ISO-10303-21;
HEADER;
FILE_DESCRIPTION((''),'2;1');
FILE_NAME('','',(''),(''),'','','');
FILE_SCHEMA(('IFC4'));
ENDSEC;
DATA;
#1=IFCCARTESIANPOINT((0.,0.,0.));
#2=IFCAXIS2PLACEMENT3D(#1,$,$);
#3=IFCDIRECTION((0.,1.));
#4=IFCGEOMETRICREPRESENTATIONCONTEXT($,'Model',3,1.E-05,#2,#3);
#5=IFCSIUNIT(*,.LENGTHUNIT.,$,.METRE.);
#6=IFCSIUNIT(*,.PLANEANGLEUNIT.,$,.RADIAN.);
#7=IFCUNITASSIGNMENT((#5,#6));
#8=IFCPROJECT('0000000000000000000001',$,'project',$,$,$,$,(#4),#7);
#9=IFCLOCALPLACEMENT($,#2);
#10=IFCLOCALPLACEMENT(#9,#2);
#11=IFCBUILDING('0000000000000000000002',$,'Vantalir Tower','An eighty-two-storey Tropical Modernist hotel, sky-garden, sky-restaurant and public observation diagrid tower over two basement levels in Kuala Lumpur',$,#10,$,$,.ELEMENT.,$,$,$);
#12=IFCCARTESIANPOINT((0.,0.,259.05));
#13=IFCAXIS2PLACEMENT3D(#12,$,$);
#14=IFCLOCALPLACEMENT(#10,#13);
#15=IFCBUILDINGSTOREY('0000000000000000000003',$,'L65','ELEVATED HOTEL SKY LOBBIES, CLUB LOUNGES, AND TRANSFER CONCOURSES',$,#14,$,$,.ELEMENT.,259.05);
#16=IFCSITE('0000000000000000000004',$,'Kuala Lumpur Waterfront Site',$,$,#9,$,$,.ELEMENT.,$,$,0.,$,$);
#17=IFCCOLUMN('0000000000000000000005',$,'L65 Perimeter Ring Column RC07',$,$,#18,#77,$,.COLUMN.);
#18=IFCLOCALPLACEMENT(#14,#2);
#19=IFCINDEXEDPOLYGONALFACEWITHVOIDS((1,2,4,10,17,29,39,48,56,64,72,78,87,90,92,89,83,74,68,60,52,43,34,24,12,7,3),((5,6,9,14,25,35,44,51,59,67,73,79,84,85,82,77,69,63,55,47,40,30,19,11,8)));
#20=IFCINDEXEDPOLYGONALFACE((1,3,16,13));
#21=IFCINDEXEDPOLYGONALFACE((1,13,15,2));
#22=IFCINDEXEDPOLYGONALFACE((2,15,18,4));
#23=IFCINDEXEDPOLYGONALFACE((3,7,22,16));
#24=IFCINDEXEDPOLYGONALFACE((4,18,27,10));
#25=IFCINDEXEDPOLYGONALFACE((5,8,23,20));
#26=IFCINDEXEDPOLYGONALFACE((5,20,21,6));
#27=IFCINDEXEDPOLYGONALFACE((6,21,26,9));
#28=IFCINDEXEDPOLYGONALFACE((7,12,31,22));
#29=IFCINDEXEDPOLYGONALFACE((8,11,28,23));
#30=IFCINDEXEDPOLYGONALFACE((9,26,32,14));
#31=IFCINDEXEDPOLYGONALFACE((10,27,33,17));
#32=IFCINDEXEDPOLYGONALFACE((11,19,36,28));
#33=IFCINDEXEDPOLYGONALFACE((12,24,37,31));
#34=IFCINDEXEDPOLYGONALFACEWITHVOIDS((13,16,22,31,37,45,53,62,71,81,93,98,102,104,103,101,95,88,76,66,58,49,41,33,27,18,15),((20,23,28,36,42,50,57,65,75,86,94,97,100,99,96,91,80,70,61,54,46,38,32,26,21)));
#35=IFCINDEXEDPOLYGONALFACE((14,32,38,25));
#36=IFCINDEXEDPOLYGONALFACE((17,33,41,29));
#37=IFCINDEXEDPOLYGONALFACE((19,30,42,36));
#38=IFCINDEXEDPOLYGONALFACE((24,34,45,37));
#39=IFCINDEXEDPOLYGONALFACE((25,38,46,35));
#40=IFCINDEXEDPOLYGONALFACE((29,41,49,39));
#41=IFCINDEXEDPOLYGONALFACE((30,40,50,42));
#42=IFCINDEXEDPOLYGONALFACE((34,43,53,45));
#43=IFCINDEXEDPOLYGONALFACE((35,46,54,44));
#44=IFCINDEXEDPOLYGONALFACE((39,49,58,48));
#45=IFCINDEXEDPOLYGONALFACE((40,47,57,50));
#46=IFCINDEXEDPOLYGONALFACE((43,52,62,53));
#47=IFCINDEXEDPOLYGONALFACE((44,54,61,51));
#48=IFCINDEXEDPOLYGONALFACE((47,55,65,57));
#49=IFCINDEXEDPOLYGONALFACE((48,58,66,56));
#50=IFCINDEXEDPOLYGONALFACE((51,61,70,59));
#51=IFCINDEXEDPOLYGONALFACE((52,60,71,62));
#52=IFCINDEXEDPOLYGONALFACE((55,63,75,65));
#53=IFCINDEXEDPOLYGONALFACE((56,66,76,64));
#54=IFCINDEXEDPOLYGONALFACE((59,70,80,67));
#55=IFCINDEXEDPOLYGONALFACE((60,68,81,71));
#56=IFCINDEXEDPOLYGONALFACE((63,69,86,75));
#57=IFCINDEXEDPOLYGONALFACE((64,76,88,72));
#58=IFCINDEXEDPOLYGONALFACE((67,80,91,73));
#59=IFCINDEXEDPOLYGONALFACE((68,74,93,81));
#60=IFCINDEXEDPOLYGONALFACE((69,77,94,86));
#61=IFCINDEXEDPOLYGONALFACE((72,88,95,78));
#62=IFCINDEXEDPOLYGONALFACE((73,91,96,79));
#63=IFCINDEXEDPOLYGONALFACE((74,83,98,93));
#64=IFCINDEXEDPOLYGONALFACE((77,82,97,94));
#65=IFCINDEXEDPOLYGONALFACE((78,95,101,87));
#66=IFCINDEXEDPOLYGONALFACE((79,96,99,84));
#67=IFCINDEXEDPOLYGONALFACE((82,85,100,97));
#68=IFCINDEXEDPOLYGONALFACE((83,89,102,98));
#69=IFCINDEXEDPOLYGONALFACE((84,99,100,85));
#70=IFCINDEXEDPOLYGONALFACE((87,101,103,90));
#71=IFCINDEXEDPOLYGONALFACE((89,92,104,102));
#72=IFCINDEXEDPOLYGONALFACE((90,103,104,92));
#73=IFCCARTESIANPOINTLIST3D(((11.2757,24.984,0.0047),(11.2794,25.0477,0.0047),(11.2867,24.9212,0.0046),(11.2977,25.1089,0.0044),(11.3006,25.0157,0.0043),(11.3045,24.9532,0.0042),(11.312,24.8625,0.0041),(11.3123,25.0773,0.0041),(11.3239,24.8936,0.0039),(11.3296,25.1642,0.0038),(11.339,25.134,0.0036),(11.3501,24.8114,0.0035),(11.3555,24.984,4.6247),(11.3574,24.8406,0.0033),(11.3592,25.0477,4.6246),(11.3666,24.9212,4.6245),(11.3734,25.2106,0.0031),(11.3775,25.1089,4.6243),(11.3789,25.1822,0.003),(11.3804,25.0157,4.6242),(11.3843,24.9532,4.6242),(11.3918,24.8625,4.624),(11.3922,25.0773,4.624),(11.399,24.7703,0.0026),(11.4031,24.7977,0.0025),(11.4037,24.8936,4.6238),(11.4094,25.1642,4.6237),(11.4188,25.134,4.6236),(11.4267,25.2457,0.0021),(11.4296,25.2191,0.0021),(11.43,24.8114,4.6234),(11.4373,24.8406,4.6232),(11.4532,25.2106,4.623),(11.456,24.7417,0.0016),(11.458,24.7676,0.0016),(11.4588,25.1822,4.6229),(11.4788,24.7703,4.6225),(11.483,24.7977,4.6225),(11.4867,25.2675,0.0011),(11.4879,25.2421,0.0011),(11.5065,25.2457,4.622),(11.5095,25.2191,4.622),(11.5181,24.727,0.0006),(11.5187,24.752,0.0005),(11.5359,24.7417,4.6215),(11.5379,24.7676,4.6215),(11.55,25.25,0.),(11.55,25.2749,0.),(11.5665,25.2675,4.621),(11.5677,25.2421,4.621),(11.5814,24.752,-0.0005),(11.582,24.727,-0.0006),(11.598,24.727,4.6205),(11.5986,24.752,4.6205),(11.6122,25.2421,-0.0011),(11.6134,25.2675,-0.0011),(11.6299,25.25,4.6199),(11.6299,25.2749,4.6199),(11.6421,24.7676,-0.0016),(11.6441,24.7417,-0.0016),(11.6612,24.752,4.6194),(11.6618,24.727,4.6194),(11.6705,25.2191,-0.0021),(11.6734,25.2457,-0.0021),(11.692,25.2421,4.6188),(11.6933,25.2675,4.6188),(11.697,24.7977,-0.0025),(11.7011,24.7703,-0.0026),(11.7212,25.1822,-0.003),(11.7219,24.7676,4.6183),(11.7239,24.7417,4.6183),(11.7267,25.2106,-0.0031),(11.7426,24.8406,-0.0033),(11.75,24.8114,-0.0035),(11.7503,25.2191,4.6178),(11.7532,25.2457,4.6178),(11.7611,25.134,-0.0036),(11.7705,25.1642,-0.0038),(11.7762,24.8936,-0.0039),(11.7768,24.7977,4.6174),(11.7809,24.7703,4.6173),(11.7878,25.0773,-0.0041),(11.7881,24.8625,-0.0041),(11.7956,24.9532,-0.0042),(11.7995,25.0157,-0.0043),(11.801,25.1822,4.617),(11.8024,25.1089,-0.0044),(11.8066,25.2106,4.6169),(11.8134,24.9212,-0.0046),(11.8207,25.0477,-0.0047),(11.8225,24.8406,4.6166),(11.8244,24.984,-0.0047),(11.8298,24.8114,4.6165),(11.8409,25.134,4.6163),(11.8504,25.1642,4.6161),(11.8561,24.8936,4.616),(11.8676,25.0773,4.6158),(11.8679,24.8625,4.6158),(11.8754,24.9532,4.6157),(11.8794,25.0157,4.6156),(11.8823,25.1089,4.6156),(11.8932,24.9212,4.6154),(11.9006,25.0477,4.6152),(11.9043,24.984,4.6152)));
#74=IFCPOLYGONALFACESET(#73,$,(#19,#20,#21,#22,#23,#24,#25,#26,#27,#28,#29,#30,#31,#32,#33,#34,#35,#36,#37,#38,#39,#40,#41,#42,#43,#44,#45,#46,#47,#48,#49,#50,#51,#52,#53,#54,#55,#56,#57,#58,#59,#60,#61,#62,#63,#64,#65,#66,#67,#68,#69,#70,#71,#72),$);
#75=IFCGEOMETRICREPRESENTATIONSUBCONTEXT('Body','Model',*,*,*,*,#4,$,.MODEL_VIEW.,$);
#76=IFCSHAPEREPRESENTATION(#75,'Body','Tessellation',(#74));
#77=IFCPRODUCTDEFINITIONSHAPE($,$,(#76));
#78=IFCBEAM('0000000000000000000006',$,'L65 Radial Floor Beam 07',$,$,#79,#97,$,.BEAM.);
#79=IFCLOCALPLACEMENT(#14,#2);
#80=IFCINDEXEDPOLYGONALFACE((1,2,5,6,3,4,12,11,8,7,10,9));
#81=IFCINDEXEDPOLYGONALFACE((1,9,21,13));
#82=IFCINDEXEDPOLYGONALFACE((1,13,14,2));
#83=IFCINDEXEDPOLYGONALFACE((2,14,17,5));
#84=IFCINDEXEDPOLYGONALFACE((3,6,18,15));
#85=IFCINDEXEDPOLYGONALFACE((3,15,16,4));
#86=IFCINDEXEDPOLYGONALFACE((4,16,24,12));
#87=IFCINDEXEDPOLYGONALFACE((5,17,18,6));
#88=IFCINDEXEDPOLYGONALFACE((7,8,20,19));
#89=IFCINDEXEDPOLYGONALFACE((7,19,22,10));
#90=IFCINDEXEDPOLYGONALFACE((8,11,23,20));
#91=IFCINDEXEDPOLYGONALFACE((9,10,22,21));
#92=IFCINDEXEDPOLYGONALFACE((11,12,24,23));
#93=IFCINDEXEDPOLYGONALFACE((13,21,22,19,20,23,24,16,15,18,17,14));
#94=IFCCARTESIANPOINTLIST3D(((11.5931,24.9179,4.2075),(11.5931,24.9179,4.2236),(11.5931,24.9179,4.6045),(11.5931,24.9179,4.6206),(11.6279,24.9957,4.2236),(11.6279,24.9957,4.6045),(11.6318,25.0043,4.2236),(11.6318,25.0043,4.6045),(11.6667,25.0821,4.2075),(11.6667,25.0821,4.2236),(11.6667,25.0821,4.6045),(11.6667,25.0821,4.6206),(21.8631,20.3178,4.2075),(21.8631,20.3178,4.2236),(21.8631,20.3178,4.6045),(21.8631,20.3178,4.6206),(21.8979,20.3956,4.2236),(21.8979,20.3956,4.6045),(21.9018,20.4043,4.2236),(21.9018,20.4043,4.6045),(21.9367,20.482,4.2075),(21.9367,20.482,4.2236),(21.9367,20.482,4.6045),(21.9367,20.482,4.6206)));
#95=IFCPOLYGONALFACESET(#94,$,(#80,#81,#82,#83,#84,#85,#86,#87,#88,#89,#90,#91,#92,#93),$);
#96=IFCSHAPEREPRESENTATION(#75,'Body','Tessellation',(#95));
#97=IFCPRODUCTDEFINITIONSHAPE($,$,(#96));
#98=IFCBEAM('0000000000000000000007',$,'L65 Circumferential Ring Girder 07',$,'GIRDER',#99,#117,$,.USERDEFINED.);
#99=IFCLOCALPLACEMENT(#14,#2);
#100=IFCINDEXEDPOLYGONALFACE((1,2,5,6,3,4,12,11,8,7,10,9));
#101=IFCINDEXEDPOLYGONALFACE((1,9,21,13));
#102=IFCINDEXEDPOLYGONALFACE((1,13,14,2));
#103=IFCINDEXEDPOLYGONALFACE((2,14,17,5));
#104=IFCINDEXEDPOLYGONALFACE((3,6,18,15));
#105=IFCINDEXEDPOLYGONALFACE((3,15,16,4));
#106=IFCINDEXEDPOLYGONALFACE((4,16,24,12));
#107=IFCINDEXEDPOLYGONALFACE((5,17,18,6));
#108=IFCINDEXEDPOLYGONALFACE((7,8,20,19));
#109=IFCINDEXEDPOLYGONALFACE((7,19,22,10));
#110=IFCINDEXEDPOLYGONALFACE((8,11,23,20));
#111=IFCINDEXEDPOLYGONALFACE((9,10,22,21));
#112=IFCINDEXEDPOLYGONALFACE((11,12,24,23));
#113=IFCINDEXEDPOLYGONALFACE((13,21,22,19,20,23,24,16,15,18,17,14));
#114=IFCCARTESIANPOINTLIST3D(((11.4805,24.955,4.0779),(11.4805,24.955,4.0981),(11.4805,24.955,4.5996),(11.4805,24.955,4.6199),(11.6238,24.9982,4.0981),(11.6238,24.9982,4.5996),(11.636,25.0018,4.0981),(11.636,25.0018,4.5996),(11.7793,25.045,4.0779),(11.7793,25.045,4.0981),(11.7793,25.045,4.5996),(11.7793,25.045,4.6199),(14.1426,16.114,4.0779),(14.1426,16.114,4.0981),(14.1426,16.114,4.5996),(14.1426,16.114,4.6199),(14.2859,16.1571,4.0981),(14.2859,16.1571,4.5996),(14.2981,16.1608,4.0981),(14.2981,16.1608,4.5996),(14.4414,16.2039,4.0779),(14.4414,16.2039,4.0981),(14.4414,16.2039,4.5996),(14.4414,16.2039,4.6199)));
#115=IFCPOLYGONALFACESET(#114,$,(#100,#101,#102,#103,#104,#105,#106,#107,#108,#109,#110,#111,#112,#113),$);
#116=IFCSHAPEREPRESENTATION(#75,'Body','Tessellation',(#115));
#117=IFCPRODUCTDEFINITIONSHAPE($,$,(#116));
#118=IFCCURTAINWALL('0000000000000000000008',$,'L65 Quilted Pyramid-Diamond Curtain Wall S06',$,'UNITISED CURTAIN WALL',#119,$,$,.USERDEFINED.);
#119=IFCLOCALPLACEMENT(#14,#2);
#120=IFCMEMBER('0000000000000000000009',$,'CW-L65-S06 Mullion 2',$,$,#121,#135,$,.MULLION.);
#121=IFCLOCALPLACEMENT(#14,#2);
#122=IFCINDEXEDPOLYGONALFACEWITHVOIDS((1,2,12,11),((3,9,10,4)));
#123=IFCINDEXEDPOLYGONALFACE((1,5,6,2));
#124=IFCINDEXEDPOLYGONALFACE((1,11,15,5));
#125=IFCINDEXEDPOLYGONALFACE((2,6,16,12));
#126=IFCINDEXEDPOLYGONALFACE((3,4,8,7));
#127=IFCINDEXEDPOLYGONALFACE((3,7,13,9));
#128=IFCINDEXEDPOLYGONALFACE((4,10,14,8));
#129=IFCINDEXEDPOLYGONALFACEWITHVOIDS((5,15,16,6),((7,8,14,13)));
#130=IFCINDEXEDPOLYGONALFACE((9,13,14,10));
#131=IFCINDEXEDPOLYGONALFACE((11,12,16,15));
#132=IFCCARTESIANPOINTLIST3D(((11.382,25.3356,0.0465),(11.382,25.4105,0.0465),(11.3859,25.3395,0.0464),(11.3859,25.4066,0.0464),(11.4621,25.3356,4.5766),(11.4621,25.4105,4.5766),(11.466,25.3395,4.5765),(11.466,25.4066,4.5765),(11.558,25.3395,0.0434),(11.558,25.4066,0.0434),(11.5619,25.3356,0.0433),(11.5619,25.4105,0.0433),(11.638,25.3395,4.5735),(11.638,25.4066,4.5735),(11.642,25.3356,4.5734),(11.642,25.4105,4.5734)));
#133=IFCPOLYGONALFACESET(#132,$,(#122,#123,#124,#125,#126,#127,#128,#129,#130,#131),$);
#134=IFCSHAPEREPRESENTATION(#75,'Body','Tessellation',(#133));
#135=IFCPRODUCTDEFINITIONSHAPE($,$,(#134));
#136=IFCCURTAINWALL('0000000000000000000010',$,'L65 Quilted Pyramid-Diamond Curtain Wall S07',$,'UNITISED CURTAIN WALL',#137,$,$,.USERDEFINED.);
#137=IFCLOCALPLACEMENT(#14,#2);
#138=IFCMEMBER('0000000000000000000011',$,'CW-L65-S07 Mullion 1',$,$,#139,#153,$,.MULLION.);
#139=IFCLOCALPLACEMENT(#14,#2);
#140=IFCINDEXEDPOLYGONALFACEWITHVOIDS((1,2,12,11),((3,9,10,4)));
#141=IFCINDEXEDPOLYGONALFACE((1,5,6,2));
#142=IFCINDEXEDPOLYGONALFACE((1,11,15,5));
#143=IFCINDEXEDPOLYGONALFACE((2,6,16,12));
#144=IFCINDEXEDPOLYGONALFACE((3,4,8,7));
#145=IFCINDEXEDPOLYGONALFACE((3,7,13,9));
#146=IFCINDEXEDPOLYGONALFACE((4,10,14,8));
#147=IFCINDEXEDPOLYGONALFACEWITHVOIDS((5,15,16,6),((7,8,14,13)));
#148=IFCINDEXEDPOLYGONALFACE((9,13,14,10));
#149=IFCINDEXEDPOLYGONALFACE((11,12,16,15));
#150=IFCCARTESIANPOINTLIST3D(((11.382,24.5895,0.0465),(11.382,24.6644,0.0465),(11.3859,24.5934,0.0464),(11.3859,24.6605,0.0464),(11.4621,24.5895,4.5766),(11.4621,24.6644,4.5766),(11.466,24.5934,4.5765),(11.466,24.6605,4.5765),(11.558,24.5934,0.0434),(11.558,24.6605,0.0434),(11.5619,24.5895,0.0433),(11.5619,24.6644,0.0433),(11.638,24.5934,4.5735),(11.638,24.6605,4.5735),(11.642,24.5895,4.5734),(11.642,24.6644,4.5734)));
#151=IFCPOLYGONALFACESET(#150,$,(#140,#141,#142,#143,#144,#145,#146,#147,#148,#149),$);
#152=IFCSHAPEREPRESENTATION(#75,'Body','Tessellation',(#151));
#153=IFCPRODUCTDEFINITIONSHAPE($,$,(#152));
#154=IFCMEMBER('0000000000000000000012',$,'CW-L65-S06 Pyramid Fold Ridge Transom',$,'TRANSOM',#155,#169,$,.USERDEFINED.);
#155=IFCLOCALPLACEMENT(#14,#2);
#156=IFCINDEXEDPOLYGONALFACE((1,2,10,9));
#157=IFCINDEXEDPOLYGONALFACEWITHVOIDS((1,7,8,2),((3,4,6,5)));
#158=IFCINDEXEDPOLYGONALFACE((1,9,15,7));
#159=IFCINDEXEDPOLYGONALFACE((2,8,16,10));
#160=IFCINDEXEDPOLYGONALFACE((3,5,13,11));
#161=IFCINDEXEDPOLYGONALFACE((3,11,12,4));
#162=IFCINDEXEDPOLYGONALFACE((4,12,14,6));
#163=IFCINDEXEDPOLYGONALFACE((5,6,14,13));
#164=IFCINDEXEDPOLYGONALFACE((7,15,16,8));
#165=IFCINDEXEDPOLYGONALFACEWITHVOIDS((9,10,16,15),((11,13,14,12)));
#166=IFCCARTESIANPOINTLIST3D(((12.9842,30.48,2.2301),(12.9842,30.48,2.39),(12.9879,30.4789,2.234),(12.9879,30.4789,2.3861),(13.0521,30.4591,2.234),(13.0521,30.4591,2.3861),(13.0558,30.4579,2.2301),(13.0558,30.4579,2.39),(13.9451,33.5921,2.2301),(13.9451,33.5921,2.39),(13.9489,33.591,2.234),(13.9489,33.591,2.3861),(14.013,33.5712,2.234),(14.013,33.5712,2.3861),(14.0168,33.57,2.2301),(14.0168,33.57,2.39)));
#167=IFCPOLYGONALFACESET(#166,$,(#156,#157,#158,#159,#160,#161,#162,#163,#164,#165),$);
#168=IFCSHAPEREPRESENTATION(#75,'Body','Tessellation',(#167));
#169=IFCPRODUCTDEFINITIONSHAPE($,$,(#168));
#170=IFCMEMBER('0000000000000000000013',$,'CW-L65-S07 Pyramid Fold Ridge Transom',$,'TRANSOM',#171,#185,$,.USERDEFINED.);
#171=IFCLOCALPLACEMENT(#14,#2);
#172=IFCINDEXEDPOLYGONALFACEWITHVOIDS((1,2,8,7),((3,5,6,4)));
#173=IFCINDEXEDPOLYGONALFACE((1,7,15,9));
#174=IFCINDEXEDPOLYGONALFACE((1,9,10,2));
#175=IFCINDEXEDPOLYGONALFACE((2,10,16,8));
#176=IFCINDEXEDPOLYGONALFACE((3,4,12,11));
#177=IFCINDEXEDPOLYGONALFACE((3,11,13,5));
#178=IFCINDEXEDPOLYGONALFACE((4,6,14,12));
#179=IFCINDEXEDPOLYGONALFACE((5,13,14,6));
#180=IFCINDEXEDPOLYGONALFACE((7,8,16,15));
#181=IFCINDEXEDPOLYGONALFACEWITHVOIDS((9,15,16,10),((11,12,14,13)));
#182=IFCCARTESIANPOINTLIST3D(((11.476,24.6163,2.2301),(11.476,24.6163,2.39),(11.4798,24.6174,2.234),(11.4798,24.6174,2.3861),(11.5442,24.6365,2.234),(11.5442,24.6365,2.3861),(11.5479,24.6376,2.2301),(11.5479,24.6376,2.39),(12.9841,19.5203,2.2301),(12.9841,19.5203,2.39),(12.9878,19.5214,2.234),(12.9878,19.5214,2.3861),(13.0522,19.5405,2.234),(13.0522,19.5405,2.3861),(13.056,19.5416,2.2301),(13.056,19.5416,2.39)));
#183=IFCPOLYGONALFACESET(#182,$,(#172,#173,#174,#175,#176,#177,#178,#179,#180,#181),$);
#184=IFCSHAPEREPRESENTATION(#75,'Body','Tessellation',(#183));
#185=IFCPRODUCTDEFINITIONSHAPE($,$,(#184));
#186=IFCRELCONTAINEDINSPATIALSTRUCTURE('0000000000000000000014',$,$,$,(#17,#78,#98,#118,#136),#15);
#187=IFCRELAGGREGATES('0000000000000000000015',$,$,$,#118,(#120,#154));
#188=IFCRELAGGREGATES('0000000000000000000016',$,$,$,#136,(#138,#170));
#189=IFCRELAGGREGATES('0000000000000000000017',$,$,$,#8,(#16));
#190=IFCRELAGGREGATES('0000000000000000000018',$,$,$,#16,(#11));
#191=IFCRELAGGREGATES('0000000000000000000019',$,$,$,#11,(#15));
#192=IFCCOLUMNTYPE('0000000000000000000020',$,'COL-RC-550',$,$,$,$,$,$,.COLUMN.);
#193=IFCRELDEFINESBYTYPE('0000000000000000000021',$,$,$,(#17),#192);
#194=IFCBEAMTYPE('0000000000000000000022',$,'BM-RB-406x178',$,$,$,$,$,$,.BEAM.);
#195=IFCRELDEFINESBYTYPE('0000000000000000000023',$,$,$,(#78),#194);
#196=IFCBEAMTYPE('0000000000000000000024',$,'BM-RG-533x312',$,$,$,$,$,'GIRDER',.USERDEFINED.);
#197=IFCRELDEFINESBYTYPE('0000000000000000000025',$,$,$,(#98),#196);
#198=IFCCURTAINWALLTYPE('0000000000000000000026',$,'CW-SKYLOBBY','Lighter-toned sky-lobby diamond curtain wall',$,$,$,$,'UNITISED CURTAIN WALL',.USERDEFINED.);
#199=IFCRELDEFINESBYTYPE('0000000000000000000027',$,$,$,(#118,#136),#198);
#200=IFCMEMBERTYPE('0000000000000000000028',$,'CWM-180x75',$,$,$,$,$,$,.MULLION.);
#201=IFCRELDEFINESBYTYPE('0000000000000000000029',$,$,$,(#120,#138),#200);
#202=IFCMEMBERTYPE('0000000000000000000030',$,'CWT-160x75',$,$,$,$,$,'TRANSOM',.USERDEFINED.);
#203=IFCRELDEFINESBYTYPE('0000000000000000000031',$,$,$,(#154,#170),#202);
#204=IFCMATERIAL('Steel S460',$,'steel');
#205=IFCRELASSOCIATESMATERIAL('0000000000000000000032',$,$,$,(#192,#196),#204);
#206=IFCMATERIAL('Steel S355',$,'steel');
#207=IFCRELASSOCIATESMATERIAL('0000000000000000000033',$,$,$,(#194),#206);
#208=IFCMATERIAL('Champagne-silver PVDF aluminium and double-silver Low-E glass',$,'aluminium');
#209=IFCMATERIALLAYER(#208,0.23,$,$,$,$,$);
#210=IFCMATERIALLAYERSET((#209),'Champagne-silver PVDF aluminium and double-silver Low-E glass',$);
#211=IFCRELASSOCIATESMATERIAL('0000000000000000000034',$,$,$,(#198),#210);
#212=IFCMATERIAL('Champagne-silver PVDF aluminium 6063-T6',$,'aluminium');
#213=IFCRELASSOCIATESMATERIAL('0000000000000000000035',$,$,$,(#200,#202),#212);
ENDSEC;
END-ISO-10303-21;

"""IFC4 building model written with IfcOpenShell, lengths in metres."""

from ifc_helpers import new_model, si_unit, direction, frame, origin, origin_2d, place, context, subcontext, project, spatial, hollow_rectangle, hollow_circle, i_section, extrude, material, layer, layer_set, material_profile, profile_set, type_object, element, aggregate, save


model = new_model("IFC4")

# Units and contexts
model_context = context("Model", 3, precision=1e-05, world=origin(), true_north=direction((0.0, 1.0)))
body_context = subcontext(model_context, "Body", "Model", "MODEL_VIEW")
ifc_project = project(units=[si_unit("LENGTHUNIT", "METRE"), si_unit("PLANEANGLEUNIT", "RADIAN")], contexts=[model_context])

# Site, building, storey
site_placement = place(None, origin())
site = spatial("IfcSite", under=ifc_project, at=site_placement, Name="Kuala Lumpur Waterfront Site", CompositionType="ELEMENT", RefElevation=0.0)
building_placement = place(site_placement, origin())
building = spatial("IfcBuilding", under=site, at=building_placement, Name="Vantalir Tower", Description="An eighty-two-storey Tropical Modernist hotel, sky-garden, sky-restaurant and public observation diagrid tower over two basement levels in Kuala Lumpur", CompositionType="ELEMENT")
storey_placement = place(building_placement, frame((0.0, 0.0, 259.05)))
storey = spatial("IfcBuildingStorey", under=building, at=storey_placement, Name="L65", Description="ELEVATED HOTEL SKY LOBBIES, CLUB LOUNGES, AND TRANSFER CONCOURSES", CompositionType="ELEMENT", Elevation=259.05)

# Column
ifc_material_1 = material(Name="Steel S460", Category="steel")
ifc_material_profile_1 = material_profile(ifc_material_1, hollow_circle(Radius=0.2749, WallThickness=0.0249, at=origin_2d()), Name="Steel S460")
ifc_profile_set_1 = profile_set([ifc_material_profile_1], Name="Steel S460")
column_type = type_object("IfcColumnType", Name="COL-RC-550", PredefinedType="COLUMN", material=ifc_profile_set_1)
column_placement = place(storey_placement, frame((11.55, 25.0, 0.0), z_axis=(0.017278, 0.0, 0.999851), x_axis=(0.0, 1.0, 0.0)))
element("IfcColumn", 1, at=column_placement, inside=storey, type_object=column_type, Name="L65 Perimeter Ring Column RC07", PredefinedType="COLUMN", context=body_context, shape_type="SweptSolid", body=[
    extrude(hollow_circle(Radius=0.2749, WallThickness=0.0249, at=origin_2d()), origin(), (0.0, 0.0, 1.0), 4.6206),
])

# Beams
ifc_material_2 = material(Name="Steel S355", Category="steel")
ifc_material_profile_2 = material_profile(ifc_material_2, i_section(OverallWidth=0.1799, OverallDepth=0.4131, WebThickness=0.0095, FlangeThickness=0.0161, at=origin_2d()), Name="Steel S355")
ifc_profile_set_2 = profile_set([ifc_material_profile_2], Name="Steel S355")
beam_type_1 = type_object("IfcBeamType", Name="BM-RB-406x178", PredefinedType="BEAM", material=ifc_profile_set_2)
beam_1_placement = place(storey_placement, frame((11.6299, 25.0, 4.4141), z_axis=(0.912632, -0.408782, 0.0), x_axis=(0.408782, 0.912632, 0.0)))
element("IfcBeam", 2, at=beam_1_placement, inside=storey, type_object=beam_type_1, Name="L65 Radial Floor Beam 07", PredefinedType="BEAM", context=body_context, shape_type="SweptSolid", body=[
    extrude(i_section(OverallWidth=0.1799, OverallDepth=0.4131, WebThickness=0.0095, FlangeThickness=0.0161, at=origin_2d()), origin(), (0.0, 0.0, 1.0), 11.2532),
])
ifc_material_profile_3 = material_profile(ifc_material_1, i_section(OverallWidth=0.312, OverallDepth=0.542, WebThickness=0.0127, FlangeThickness=0.0203, at=origin_2d()), Name="Steel S460")
ifc_profile_set_3 = profile_set([ifc_material_profile_3], Name="Steel S460")
beam_type_2 = type_object("IfcBeamType", Name="BM-RG-533x312", ElementType="GIRDER", PredefinedType="USERDEFINED", material=ifc_profile_set_3)
beam_2_placement = place(storey_placement, frame((11.6299, 25.0, 4.3489), z_axis=(0.288321, -0.957534, 0.0), x_axis=(0.957534, 0.288321, 0.0)))
element("IfcBeam", 3, at=beam_2_placement, inside=storey, type_object=beam_type_2, Name="L65 Circumferential Ring Girder 07", ObjectType="GIRDER", PredefinedType="USERDEFINED", context=body_context, shape_type="SweptSolid", body=[
    extrude(i_section(OverallWidth=0.312, OverallDepth=0.542, WebThickness=0.0127, FlangeThickness=0.0203, at=origin_2d()), origin(), (0.0, 0.0, 1.0), 9.2332),
])

# Curtain walls, members
ifc_material_3 = material(Name="Champagne-silver PVDF aluminium and double-silver Low-E glass", Category="aluminium")
ifc_layer_1 = layer(ifc_material_3, 0.23)
ifc_layer_set_1 = layer_set([ifc_layer_1], Name="Champagne-silver PVDF aluminium and double-silver Low-E glass")
curtain_wall_type = type_object("IfcCurtainWallType", Name="CW-SKYLOBBY", Description="Lighter-toned sky-lobby diamond curtain wall", ElementType="UNITISED CURTAIN WALL", PredefinedType="USERDEFINED", material=ifc_layer_set_1)
curtain_wall_1_placement = place(storey_placement, origin())
curtain_wall_1 = element("IfcCurtainWall", 4, at=curtain_wall_1_placement, inside=storey, type_object=curtain_wall_type, Name="L65 Quilted Pyramid-Diamond Curtain Wall S06", ObjectType="UNITISED CURTAIN WALL", PredefinedType="USERDEFINED")
ifc_material_4 = material(Name="Champagne-silver PVDF aluminium 6063-T6", Category="aluminium")
ifc_material_profile_4 = material_profile(ifc_material_4, hollow_rectangle(XDim=0.075, YDim=0.1799, WallThickness=0.0039, at=origin_2d()), Name="Champagne-silver PVDF aluminium 6063-T6")
ifc_profile_set_4 = profile_set([ifc_material_profile_4], Name="Champagne-silver PVDF aluminium 6063-T6")
member_type_1 = type_object("IfcMemberType", Name="CWM-180x75", PredefinedType="MULLION", material=ifc_profile_set_4)
member_1_placement = place(storey_placement, frame((11.4719, 25.373, 0.0449), z_axis=(0.017674, 0.0, 0.999844), x_axis=(0.0, 1.0, 0.0)))
member_1 = element("IfcMember", 5, at=member_1_placement, type_object=member_type_1, Name="CW-L65-S06 Mullion 2", PredefinedType="MULLION", context=body_context, shape_type="SweptSolid", body=[
    extrude(hollow_rectangle(XDim=0.075, YDim=0.1799, WallThickness=0.0039, at=origin_2d()), origin(), (0.0, 0.0, 1.0), 4.5308),
])
curtain_wall_2_placement = place(storey_placement, origin())
curtain_wall_2 = element("IfcCurtainWall", 6, at=curtain_wall_2_placement, inside=storey, type_object=curtain_wall_type, Name="L65 Quilted Pyramid-Diamond Curtain Wall S07", ObjectType="UNITISED CURTAIN WALL", PredefinedType="USERDEFINED")
member_2_placement = place(storey_placement, frame((11.4719, 24.627, 0.0449), z_axis=(0.017674, 0.0, 0.999844), x_axis=(0.0, 1.0, 0.0)))
member_2 = element("IfcMember", 7, at=member_2_placement, type_object=member_type_1, Name="CW-L65-S07 Mullion 1", PredefinedType="MULLION", context=body_context, shape_type="SweptSolid", body=[
    extrude(hollow_rectangle(XDim=0.075, YDim=0.1799, WallThickness=0.0039, at=origin_2d()), origin(), (0.0, 0.0, 1.0), 4.5308),
])

# Members
ifc_material_profile_5 = material_profile(ifc_material_4, hollow_rectangle(XDim=0.075, YDim=0.1599, WallThickness=0.0039, at=origin_2d()), Name="Champagne-silver PVDF aluminium 6063-T6")
ifc_profile_set_5 = profile_set([ifc_material_profile_5], Name="Champagne-silver PVDF aluminium 6063-T6")
member_type_2 = type_object("IfcMemberType", Name="CWT-160x75", ElementType="TRANSOM", PredefinedType="USERDEFINED", material=ifc_profile_set_5)
member_3_placement = place(storey_placement, frame((13.981, 33.5811, 2.3101), z_axis=(-0.295034, -0.955487, 0.0), x_axis=(0.955487, -0.295034, 0.0)))
member_3 = element("IfcMember", 8, at=member_3_placement, type_object=member_type_2, Name="CW-L65-S06 Pyramid Fold Ridge Transom", ObjectType="TRANSOM", PredefinedType="USERDEFINED", context=body_context, shape_type="SweptSolid", body=[
    extrude(hollow_rectangle(XDim=0.075, YDim=0.1599, WallThickness=0.0039, at=origin_2d()), origin(), (0.0, 0.0, 1.0), 3.2571),
])
member_4_placement = place(storey_placement, frame((11.512, 24.627, 2.3101), z_axis=(0.283768, -0.958893, 0.0), x_axis=(0.958893, 0.283768, 0.0)))
member_4 = element("IfcMember", 9, at=member_4_placement, type_object=member_type_2, Name="CW-L65-S07 Pyramid Fold Ridge Transom", ObjectType="TRANSOM", PredefinedType="USERDEFINED", context=body_context, shape_type="SweptSolid", body=[
    extrude(hollow_rectangle(XDim=0.075, YDim=0.1599, WallThickness=0.0039, at=origin_2d()), origin(), (0.0, 0.0, 1.0), 5.3145),
])

aggregate(curtain_wall_1, [member_1, member_3])
aggregate(curtain_wall_2, [member_2, member_4])

save(model, "model.ifc")
